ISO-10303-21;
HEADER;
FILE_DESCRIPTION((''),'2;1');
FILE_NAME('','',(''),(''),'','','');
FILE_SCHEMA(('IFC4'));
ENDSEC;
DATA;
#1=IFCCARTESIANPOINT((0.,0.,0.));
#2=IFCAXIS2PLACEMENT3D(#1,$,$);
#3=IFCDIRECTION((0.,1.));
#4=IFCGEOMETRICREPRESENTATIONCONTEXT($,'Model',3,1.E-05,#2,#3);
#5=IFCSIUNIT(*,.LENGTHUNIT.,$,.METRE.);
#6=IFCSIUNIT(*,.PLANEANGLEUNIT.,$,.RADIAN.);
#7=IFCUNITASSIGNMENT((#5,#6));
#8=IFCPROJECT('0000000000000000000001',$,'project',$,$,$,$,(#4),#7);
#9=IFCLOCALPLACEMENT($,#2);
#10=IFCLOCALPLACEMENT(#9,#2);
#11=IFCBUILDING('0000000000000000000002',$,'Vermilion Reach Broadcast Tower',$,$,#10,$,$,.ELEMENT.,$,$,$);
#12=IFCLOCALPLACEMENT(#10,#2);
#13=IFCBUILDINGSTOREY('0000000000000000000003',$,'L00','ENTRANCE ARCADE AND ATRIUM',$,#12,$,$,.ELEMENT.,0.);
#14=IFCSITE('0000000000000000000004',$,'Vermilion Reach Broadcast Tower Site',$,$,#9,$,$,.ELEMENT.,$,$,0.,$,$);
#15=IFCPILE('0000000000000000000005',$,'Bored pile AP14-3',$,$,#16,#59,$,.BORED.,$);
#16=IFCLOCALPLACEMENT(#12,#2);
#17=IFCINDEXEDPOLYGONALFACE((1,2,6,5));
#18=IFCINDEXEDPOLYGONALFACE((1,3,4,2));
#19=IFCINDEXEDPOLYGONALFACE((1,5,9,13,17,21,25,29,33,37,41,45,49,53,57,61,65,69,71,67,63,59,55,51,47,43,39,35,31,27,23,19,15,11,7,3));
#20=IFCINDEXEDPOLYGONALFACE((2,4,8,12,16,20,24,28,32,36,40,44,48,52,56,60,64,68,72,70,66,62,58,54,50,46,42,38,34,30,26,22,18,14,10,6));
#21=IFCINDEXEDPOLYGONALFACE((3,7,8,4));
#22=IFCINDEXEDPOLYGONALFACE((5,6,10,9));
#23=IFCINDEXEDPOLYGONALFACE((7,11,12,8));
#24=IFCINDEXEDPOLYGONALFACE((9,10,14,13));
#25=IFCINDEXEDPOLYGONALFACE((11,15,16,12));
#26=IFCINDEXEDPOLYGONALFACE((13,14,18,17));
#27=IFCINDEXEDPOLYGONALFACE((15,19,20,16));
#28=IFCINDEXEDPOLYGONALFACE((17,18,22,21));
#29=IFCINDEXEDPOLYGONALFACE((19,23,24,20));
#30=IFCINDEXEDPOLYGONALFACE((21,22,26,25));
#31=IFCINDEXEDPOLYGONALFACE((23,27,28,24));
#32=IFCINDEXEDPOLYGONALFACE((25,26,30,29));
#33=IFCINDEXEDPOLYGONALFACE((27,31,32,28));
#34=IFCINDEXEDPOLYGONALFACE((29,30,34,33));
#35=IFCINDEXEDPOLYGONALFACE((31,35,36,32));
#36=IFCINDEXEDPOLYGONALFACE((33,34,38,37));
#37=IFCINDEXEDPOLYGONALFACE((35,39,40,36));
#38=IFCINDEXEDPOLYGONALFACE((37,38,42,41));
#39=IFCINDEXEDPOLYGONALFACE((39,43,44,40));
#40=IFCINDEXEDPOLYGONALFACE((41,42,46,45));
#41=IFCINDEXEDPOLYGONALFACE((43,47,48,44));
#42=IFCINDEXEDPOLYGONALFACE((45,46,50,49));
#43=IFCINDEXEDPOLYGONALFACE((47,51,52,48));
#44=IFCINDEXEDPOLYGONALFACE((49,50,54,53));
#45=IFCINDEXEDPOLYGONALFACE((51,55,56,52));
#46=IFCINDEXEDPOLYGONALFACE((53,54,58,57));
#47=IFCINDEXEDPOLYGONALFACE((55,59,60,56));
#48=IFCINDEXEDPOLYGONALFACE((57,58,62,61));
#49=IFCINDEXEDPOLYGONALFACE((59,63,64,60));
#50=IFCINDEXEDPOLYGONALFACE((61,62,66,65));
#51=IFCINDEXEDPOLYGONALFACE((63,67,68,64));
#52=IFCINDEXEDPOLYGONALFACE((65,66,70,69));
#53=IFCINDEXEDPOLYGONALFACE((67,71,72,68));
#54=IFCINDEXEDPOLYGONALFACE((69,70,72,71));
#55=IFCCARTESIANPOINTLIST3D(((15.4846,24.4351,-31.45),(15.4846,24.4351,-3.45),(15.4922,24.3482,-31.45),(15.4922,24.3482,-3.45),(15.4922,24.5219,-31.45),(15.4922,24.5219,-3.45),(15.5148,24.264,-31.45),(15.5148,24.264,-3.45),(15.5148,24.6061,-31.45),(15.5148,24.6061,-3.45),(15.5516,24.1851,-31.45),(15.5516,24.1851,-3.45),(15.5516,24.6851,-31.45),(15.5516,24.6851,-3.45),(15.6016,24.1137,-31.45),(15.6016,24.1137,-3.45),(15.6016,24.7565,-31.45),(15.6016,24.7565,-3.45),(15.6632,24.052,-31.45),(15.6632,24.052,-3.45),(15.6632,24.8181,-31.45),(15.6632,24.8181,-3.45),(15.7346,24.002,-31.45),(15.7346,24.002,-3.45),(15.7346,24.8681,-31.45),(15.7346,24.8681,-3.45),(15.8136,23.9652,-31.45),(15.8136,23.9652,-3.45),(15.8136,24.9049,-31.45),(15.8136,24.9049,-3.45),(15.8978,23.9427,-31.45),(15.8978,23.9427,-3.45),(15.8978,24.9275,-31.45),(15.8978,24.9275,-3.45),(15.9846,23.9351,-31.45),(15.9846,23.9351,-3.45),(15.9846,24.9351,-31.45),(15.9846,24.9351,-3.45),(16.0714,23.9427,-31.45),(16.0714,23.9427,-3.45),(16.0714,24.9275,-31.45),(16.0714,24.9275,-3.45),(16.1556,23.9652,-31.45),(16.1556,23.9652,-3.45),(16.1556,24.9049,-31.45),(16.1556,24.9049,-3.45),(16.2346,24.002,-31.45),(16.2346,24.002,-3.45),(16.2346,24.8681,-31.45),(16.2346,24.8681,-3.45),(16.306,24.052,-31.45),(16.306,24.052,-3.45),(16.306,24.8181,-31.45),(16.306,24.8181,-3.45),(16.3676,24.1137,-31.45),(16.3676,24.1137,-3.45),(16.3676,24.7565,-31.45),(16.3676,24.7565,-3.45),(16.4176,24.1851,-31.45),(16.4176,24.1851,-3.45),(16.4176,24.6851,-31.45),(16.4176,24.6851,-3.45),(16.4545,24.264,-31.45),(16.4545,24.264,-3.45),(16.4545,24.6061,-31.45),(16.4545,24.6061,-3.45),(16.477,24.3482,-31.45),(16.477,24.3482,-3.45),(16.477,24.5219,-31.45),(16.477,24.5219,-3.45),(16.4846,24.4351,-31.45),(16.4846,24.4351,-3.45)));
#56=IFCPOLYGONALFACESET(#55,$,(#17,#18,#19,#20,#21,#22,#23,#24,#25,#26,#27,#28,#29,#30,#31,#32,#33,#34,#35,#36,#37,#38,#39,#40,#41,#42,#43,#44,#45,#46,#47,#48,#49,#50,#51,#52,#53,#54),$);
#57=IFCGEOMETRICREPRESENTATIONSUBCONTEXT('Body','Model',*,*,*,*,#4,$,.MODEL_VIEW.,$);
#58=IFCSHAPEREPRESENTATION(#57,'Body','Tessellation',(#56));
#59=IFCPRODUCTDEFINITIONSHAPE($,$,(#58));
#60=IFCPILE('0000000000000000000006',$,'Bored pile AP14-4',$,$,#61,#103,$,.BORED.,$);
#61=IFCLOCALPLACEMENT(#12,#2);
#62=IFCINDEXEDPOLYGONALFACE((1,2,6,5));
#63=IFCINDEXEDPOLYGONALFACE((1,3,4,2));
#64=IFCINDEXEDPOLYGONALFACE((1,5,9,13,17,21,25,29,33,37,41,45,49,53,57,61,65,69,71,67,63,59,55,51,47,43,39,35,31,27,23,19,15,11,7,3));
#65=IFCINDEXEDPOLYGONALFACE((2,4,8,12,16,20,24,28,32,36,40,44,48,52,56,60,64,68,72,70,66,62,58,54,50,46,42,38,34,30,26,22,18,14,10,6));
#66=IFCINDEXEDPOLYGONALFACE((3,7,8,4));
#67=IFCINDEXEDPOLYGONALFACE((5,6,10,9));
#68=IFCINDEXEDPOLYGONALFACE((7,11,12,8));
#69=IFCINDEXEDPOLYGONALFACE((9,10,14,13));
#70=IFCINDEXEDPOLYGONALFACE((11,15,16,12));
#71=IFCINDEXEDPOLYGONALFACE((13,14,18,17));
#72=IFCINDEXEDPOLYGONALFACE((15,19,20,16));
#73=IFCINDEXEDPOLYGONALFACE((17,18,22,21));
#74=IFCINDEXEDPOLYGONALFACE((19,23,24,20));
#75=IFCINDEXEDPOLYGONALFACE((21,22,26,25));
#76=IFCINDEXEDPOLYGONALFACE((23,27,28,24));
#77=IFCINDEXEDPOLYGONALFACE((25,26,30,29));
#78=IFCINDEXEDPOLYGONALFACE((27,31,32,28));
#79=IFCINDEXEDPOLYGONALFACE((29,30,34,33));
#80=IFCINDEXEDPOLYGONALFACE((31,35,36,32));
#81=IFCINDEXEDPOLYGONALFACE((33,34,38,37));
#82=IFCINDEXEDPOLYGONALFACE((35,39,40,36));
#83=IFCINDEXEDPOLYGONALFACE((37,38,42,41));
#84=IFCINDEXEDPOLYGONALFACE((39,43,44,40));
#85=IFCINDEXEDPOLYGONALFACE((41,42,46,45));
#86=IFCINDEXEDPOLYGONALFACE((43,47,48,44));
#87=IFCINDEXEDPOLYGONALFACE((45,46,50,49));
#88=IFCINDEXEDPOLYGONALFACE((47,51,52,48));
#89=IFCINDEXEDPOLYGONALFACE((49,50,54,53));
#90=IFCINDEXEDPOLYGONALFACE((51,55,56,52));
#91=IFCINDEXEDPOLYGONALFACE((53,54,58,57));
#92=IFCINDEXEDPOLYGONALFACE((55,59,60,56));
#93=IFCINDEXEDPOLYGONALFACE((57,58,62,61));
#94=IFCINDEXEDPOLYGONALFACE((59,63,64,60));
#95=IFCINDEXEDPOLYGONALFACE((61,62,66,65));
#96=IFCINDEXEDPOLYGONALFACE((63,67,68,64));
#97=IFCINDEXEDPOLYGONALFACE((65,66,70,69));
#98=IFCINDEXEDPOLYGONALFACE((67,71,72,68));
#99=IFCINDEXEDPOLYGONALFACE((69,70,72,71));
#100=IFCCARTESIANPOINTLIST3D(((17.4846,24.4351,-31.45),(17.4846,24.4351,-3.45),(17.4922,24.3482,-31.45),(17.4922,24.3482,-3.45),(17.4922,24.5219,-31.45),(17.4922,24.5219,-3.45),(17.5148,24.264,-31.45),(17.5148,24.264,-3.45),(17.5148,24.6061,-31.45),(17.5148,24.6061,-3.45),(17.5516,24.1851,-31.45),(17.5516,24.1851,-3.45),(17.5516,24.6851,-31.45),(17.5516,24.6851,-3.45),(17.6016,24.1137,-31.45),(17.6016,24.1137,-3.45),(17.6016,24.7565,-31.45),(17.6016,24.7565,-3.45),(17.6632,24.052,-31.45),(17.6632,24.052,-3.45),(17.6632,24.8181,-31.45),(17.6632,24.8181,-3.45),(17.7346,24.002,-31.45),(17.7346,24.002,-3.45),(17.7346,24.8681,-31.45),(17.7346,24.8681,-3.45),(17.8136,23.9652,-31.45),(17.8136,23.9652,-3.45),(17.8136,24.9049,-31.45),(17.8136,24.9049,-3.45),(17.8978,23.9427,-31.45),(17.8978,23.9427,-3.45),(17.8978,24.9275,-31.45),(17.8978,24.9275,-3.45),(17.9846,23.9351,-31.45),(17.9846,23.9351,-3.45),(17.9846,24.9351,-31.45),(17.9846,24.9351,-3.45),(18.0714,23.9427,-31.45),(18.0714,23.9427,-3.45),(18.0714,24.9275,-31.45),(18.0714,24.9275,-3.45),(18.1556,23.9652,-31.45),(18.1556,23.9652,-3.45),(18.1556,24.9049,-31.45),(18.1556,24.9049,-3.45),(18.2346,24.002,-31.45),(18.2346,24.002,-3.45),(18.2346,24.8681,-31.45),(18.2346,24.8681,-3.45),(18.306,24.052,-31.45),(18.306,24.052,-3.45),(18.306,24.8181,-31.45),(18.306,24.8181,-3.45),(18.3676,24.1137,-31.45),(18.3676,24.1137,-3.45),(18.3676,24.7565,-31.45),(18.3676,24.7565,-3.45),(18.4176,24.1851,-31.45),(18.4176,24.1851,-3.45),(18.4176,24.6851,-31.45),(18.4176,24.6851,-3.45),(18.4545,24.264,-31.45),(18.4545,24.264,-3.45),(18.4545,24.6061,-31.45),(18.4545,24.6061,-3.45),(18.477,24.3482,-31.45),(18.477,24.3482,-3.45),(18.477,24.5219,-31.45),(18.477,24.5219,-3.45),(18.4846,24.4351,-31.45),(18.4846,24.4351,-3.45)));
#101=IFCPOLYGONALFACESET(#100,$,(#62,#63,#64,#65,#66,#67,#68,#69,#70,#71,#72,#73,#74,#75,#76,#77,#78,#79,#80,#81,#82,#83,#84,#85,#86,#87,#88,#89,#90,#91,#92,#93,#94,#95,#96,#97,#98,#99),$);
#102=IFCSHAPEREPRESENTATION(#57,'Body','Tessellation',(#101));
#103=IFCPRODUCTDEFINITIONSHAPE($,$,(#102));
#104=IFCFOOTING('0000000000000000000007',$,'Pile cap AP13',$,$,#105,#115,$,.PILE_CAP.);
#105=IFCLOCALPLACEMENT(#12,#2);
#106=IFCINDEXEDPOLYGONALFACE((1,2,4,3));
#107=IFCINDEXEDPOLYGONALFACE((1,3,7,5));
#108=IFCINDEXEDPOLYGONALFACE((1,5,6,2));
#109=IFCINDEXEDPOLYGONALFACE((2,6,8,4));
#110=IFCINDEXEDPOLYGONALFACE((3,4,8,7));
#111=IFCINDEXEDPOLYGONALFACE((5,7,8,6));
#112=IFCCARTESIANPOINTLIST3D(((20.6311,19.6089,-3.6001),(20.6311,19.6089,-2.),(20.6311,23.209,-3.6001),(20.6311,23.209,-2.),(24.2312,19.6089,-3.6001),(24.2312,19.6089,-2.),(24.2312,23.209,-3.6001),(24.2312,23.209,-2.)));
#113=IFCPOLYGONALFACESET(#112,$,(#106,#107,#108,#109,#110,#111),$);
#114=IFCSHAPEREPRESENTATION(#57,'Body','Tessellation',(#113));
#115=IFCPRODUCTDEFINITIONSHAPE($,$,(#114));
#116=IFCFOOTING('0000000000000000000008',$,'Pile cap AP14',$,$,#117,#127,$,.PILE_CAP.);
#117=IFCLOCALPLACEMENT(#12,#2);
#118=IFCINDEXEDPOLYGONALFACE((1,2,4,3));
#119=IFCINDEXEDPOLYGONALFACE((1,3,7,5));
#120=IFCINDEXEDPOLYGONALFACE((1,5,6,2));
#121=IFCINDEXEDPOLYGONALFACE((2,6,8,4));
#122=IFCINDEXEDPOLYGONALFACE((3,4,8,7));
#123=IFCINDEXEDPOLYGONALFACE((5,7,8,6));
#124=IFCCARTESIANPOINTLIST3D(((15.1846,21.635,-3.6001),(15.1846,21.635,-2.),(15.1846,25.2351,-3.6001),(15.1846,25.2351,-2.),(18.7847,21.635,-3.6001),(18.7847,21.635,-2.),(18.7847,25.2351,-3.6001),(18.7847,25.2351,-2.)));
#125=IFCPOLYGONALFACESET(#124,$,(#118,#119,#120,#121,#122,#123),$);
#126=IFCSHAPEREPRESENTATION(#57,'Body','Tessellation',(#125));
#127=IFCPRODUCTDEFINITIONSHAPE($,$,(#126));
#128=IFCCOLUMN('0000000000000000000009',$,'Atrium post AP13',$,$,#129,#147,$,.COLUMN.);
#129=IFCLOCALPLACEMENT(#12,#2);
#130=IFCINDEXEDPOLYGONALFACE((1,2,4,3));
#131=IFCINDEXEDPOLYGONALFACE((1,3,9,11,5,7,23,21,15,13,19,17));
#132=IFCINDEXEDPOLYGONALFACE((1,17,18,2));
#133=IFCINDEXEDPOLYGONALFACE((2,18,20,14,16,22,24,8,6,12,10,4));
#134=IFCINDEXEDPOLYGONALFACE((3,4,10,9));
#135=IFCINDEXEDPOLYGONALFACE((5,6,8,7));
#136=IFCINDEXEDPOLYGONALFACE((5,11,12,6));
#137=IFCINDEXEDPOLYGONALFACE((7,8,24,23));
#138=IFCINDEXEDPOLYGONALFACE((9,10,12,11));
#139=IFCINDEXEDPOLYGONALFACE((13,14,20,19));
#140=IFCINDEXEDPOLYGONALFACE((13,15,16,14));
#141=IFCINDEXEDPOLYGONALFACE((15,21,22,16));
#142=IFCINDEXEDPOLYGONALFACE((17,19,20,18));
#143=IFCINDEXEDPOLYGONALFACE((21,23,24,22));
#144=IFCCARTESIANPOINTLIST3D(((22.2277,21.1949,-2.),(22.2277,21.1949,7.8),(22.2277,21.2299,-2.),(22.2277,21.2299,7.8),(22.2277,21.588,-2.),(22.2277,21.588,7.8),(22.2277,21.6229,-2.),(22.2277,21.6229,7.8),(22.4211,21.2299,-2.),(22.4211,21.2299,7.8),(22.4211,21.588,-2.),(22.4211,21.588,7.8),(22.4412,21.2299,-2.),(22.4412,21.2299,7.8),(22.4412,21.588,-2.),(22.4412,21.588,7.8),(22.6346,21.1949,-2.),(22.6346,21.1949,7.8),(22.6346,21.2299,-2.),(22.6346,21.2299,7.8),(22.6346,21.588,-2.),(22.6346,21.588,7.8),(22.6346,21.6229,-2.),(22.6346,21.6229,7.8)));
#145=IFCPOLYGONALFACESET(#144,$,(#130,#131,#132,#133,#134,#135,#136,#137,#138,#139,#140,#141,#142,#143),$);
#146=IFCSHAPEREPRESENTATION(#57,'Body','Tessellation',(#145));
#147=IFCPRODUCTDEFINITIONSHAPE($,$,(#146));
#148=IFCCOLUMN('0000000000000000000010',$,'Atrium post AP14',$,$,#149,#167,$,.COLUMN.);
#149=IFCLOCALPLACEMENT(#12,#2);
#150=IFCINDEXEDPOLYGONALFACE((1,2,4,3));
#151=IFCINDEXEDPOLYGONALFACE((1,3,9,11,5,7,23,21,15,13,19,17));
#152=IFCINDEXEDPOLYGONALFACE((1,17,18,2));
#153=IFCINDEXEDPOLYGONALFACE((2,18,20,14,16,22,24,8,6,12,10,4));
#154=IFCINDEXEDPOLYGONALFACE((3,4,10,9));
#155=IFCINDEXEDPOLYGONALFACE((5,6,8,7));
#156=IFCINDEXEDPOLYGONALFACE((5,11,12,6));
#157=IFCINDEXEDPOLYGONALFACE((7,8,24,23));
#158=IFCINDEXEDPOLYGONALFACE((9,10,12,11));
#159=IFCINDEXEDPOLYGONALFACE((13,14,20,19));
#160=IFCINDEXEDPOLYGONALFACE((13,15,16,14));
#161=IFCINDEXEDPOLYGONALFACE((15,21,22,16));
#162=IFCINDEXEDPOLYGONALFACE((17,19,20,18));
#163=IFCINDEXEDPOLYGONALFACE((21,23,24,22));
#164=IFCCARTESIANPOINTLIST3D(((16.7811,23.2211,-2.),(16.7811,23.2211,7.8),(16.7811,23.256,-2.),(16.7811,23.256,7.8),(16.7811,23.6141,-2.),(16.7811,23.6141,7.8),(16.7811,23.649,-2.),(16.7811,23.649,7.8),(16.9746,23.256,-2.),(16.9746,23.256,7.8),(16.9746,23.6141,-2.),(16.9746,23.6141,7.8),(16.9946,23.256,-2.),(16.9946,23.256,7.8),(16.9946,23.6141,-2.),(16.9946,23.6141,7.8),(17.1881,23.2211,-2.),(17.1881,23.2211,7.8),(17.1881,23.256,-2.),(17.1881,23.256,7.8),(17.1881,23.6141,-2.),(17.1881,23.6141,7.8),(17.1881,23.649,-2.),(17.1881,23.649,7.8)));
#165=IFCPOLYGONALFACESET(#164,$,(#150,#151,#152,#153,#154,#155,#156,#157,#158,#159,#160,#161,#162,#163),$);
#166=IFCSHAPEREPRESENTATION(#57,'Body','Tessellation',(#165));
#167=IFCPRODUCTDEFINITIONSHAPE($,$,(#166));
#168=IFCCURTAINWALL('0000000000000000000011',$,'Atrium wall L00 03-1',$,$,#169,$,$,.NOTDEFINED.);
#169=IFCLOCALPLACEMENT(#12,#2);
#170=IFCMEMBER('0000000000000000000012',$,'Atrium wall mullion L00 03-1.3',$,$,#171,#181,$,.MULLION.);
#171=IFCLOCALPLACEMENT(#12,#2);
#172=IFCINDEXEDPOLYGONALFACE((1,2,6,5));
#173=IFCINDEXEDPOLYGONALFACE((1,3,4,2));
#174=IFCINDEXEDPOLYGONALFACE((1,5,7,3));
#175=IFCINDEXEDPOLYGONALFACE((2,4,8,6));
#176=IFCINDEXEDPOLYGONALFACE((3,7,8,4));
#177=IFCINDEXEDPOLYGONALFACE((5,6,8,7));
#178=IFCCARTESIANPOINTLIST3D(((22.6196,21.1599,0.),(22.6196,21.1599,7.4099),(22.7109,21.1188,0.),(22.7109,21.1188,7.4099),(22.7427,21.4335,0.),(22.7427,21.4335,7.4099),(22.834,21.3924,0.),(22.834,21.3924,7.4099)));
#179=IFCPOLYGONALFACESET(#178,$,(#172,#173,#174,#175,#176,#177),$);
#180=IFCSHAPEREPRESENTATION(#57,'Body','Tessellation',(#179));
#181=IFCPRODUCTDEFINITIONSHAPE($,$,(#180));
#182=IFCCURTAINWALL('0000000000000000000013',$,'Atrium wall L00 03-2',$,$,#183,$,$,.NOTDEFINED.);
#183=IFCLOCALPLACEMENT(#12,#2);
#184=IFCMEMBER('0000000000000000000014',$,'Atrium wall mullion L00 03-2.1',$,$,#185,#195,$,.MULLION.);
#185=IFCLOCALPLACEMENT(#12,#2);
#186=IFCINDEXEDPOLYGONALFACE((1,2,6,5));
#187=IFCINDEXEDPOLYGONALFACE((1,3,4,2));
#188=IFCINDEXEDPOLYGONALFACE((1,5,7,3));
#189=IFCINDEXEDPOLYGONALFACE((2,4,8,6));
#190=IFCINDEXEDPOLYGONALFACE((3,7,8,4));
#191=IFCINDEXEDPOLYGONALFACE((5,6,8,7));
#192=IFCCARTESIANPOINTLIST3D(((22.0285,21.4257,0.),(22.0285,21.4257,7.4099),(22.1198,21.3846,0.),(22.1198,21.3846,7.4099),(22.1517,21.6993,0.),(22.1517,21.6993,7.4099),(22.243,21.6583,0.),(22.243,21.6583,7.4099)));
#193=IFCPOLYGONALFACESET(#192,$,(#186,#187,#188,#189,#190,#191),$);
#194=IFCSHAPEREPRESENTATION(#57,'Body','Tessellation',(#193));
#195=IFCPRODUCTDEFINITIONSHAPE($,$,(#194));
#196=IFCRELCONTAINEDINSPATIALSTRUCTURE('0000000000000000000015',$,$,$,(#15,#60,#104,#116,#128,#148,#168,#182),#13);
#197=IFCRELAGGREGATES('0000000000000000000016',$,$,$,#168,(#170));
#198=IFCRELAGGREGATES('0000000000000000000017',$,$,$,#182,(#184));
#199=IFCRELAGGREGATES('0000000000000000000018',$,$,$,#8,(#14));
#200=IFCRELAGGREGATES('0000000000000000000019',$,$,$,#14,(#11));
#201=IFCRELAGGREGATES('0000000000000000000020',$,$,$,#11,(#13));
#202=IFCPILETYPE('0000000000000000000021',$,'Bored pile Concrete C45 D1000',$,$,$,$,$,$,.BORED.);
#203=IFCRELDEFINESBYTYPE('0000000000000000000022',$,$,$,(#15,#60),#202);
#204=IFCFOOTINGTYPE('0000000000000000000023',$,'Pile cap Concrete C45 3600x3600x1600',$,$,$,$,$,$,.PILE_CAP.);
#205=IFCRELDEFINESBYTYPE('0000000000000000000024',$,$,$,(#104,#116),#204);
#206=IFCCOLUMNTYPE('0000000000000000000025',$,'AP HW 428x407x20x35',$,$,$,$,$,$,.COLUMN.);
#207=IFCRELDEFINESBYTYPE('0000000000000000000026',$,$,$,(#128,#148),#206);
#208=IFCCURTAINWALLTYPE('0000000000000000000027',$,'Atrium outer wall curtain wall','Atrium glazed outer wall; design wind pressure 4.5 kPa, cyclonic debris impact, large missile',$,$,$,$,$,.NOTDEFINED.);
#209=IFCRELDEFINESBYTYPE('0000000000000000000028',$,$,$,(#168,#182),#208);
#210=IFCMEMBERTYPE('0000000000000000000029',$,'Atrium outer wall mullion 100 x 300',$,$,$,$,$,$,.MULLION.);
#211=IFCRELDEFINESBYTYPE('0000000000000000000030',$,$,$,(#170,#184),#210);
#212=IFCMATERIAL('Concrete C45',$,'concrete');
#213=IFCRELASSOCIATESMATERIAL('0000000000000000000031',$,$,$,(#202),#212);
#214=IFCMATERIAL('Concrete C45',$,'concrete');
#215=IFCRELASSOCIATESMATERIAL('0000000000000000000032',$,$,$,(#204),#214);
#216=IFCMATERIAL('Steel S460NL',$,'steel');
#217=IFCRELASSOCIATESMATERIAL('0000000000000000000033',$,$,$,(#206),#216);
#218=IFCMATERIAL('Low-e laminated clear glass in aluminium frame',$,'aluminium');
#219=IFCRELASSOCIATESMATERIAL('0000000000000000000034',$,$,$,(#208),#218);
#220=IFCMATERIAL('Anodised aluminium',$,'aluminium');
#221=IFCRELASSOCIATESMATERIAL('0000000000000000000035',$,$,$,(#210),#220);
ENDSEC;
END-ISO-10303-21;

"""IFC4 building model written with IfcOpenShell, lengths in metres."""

from ifc_helpers import new_model, si_unit, direction, frame, origin, origin_2d, place, context, subcontext, project, spatial, rectangle, circle, i_section, extrude, material, material_profile, profile_set, type_object, element, aggregate, save


model = new_model("IFC4")

# Units and contexts
model_context = context("Model", 3, precision=1e-05, world=origin(), true_north=direction((0.0, 1.0)))
body_context = subcontext(model_context, "Body", "Model", "MODEL_VIEW")
ifc_project = project(units=[si_unit("LENGTHUNIT", "METRE"), si_unit("PLANEANGLEUNIT", "RADIAN")], contexts=[model_context])

# Site, building, storey
site_placement = place(None, origin())
site = spatial("IfcSite", under=ifc_project, at=site_placement, Name="Vermilion Reach Broadcast Tower Site", CompositionType="ELEMENT", RefElevation=0.0)
building_placement = place(site_placement, origin())
building = spatial("IfcBuilding", under=site, at=building_placement, Name="Vermilion Reach Broadcast Tower", CompositionType="ELEMENT")
storey_placement = place(building_placement, origin())
storey = spatial("IfcBuildingStorey", under=building, at=storey_placement, Name="L00", Description="ENTRANCE ARCADE AND ATRIUM", CompositionType="ELEMENT", Elevation=0.0)

# Piles
ifc_material_1 = material(Name="Concrete C45", Category="concrete")
ifc_material_profile_1 = material_profile(ifc_material_1, circle(Radius=0.5, at=origin_2d()), Name="Concrete C45 D1000")
ifc_profile_set_1 = profile_set([ifc_material_profile_1], Name="Concrete C45")
pile_type = type_object("IfcPileType", Name="Bored pile Concrete C45 D1000", PredefinedType="BORED", material=ifc_profile_set_1)
for number, where, z_axis, x_axis, name in (
    (1, (15.9846, 24.4351, -3.45), (0.0, 0.0, -1.0), (1.0, 0.0, 0.0), "Bored pile AP14-3"),
    (2, (17.9846, 24.4351, -3.45), (0.0, 0.0, -1.0), (1.0, 0.0, 0.0), "Bored pile AP14-4"),
):
    element("IfcPile", number, at=place(storey_placement, frame(where, z_axis=z_axis, x_axis=x_axis)), inside=storey, type_object=pile_type, Name=name, PredefinedType="BORED", context=body_context, shape_type="SweptSolid", body=[
        extrude(circle(Radius=0.5, at=origin_2d()), origin(), (0.0, 0.0, 1.0), 28.0),
    ])

# Footings
ifc_material_2 = material(Name="Concrete C45", Category="concrete")
footing_type = type_object("IfcFootingType", Name="Pile cap Concrete C45 3600x3600x1600", PredefinedType="PILE_CAP", material=ifc_material_2)
for number, where, z_axis, x_axis, name in (
    (3, (22.4312, 21.4089, -3.6001), (0.0, 0.0, 1.0), (1.0, 0.0, 0.0), "Pile cap AP13"),
    (4, (16.9846, 23.4351, -3.6001), (0.0, 0.0, 1.0), (1.0, 0.0, 0.0), "Pile cap AP14"),
):
    element("IfcFooting", number, at=place(storey_placement, frame(where, z_axis=z_axis, x_axis=x_axis)), inside=storey, type_object=footing_type, Name=name, PredefinedType="PILE_CAP", context=body_context, shape_type="SweptSolid", body=[
        extrude(rectangle(XDim=3.6001, YDim=3.6001, at=origin_2d()), origin(), (0.0, 0.0, 1.0), 1.6001),
    ])

# Columns
ifc_material_3 = material(Name="Steel S460NL", Category="steel")
ifc_material_profile_2 = material_profile(ifc_material_3, i_section(OverallWidth=0.407, OverallDepth=0.428, WebThickness=0.02, FlangeThickness=0.0349, at=origin_2d()), Name="S460NL HW 428x407x20x35")
ifc_profile_set_2 = profile_set([ifc_material_profile_2], Name="Steel S460NL")
column_type = type_object("IfcColumnType", Name="AP HW 428x407x20x35", PredefinedType="COLUMN", material=ifc_profile_set_2)
for number, where, z_axis, x_axis, name in (
    (5, (22.4312, 21.4089, -2.0), (0.0, 0.0, 1.0), (1.0, 0.0, 0.0), "Atrium post AP13"),
    (6, (16.9846, 23.4351, -2.0), (0.0, 0.0, 1.0), (1.0, 0.0, 0.0), "Atrium post AP14"),
):
    element("IfcColumn", number, at=place(storey_placement, frame(where, z_axis=z_axis, x_axis=x_axis)), inside=storey, type_object=column_type, Name=name, PredefinedType="COLUMN", context=body_context, shape_type="SweptSolid", body=[
        extrude(i_section(OverallWidth=0.407, OverallDepth=0.428, WebThickness=0.02, FlangeThickness=0.0349, at=origin_2d()), origin(), (0.0, 0.0, 1.0), 9.8),
    ])

# Curtain wall, member
ifc_material_4 = material(Name="Low-e laminated clear glass in aluminium frame", Category="aluminium")
curtain_wall_type = type_object("IfcCurtainWallType", Name="Atrium outer wall curtain wall", Description="Atrium glazed outer wall; design wind pressure 4.5 kPa, cyclonic debris impact, large missile", PredefinedType="NOTDEFINED", material=ifc_material_4)
placement = place(storey_placement, origin())
curtain_wall_1 = element("IfcCurtainWall", 7, at=placement, inside=storey, type_object=curtain_wall_type, Name="Atrium wall L00 03-1", PredefinedType="NOTDEFINED")
ifc_material_5 = material(Name="Anodised aluminium", Category="aluminium")
ifc_material_profile_3 = material_profile(ifc_material_5, rectangle(XDim=0.3, YDim=0.1001, at=origin_2d()), Name="Atrium outer wall mullion 100 x 300")
ifc_profile_set_3 = profile_set([ifc_material_profile_3], Name="Anodised aluminium")
member_type_1 = type_object("IfcMemberType", Name="Atrium outer wall mullion 100 x 300", PredefinedType="MULLION", material=ifc_profile_set_3)
member_1_placement = place(storey_placement, frame((22.7268, 21.2761, 0.0), z_axis=(0.0, 0.0, 1.0), x_axis=(-0.410408, -0.911902, 0.0)))
member_1 = element("IfcMember", 8, at=member_1_placement, type_object=member_type_1, Name="Atrium wall mullion L00 03-1.3", PredefinedType="MULLION", context=body_context, shape_type="SweptSolid", body=[
    extrude(rectangle(XDim=0.3, YDim=0.1001, at=origin_2d()), origin(), (0.0, 0.0, 1.0), 7.4099),
])

# Curtain wall, member
curtain_wall_2 = element("IfcCurtainWall", 9, at=placement, inside=storey, type_object=curtain_wall_type, Name="Atrium wall L00 03-2", PredefinedType="NOTDEFINED")
member_2_placement = place(storey_placement, frame((22.1357, 21.542, 0.0), z_axis=(0.0, 0.0, 1.0), x_axis=(-0.410408, -0.911902, 0.0)))
member_2 = element("IfcMember", 10, at=member_2_placement, type_object=member_type_1, Name="Atrium wall mullion L00 03-2.1", PredefinedType="MULLION", context=body_context, shape_type="SweptSolid", body=[
    extrude(rectangle(XDim=0.3, YDim=0.1001, at=origin_2d()), origin(), (0.0, 0.0, 1.0), 7.4099),
])

aggregate(curtain_wall_1, [member_1])
aggregate(curtain_wall_2, [member_2])

save(model, "model.ifc")
